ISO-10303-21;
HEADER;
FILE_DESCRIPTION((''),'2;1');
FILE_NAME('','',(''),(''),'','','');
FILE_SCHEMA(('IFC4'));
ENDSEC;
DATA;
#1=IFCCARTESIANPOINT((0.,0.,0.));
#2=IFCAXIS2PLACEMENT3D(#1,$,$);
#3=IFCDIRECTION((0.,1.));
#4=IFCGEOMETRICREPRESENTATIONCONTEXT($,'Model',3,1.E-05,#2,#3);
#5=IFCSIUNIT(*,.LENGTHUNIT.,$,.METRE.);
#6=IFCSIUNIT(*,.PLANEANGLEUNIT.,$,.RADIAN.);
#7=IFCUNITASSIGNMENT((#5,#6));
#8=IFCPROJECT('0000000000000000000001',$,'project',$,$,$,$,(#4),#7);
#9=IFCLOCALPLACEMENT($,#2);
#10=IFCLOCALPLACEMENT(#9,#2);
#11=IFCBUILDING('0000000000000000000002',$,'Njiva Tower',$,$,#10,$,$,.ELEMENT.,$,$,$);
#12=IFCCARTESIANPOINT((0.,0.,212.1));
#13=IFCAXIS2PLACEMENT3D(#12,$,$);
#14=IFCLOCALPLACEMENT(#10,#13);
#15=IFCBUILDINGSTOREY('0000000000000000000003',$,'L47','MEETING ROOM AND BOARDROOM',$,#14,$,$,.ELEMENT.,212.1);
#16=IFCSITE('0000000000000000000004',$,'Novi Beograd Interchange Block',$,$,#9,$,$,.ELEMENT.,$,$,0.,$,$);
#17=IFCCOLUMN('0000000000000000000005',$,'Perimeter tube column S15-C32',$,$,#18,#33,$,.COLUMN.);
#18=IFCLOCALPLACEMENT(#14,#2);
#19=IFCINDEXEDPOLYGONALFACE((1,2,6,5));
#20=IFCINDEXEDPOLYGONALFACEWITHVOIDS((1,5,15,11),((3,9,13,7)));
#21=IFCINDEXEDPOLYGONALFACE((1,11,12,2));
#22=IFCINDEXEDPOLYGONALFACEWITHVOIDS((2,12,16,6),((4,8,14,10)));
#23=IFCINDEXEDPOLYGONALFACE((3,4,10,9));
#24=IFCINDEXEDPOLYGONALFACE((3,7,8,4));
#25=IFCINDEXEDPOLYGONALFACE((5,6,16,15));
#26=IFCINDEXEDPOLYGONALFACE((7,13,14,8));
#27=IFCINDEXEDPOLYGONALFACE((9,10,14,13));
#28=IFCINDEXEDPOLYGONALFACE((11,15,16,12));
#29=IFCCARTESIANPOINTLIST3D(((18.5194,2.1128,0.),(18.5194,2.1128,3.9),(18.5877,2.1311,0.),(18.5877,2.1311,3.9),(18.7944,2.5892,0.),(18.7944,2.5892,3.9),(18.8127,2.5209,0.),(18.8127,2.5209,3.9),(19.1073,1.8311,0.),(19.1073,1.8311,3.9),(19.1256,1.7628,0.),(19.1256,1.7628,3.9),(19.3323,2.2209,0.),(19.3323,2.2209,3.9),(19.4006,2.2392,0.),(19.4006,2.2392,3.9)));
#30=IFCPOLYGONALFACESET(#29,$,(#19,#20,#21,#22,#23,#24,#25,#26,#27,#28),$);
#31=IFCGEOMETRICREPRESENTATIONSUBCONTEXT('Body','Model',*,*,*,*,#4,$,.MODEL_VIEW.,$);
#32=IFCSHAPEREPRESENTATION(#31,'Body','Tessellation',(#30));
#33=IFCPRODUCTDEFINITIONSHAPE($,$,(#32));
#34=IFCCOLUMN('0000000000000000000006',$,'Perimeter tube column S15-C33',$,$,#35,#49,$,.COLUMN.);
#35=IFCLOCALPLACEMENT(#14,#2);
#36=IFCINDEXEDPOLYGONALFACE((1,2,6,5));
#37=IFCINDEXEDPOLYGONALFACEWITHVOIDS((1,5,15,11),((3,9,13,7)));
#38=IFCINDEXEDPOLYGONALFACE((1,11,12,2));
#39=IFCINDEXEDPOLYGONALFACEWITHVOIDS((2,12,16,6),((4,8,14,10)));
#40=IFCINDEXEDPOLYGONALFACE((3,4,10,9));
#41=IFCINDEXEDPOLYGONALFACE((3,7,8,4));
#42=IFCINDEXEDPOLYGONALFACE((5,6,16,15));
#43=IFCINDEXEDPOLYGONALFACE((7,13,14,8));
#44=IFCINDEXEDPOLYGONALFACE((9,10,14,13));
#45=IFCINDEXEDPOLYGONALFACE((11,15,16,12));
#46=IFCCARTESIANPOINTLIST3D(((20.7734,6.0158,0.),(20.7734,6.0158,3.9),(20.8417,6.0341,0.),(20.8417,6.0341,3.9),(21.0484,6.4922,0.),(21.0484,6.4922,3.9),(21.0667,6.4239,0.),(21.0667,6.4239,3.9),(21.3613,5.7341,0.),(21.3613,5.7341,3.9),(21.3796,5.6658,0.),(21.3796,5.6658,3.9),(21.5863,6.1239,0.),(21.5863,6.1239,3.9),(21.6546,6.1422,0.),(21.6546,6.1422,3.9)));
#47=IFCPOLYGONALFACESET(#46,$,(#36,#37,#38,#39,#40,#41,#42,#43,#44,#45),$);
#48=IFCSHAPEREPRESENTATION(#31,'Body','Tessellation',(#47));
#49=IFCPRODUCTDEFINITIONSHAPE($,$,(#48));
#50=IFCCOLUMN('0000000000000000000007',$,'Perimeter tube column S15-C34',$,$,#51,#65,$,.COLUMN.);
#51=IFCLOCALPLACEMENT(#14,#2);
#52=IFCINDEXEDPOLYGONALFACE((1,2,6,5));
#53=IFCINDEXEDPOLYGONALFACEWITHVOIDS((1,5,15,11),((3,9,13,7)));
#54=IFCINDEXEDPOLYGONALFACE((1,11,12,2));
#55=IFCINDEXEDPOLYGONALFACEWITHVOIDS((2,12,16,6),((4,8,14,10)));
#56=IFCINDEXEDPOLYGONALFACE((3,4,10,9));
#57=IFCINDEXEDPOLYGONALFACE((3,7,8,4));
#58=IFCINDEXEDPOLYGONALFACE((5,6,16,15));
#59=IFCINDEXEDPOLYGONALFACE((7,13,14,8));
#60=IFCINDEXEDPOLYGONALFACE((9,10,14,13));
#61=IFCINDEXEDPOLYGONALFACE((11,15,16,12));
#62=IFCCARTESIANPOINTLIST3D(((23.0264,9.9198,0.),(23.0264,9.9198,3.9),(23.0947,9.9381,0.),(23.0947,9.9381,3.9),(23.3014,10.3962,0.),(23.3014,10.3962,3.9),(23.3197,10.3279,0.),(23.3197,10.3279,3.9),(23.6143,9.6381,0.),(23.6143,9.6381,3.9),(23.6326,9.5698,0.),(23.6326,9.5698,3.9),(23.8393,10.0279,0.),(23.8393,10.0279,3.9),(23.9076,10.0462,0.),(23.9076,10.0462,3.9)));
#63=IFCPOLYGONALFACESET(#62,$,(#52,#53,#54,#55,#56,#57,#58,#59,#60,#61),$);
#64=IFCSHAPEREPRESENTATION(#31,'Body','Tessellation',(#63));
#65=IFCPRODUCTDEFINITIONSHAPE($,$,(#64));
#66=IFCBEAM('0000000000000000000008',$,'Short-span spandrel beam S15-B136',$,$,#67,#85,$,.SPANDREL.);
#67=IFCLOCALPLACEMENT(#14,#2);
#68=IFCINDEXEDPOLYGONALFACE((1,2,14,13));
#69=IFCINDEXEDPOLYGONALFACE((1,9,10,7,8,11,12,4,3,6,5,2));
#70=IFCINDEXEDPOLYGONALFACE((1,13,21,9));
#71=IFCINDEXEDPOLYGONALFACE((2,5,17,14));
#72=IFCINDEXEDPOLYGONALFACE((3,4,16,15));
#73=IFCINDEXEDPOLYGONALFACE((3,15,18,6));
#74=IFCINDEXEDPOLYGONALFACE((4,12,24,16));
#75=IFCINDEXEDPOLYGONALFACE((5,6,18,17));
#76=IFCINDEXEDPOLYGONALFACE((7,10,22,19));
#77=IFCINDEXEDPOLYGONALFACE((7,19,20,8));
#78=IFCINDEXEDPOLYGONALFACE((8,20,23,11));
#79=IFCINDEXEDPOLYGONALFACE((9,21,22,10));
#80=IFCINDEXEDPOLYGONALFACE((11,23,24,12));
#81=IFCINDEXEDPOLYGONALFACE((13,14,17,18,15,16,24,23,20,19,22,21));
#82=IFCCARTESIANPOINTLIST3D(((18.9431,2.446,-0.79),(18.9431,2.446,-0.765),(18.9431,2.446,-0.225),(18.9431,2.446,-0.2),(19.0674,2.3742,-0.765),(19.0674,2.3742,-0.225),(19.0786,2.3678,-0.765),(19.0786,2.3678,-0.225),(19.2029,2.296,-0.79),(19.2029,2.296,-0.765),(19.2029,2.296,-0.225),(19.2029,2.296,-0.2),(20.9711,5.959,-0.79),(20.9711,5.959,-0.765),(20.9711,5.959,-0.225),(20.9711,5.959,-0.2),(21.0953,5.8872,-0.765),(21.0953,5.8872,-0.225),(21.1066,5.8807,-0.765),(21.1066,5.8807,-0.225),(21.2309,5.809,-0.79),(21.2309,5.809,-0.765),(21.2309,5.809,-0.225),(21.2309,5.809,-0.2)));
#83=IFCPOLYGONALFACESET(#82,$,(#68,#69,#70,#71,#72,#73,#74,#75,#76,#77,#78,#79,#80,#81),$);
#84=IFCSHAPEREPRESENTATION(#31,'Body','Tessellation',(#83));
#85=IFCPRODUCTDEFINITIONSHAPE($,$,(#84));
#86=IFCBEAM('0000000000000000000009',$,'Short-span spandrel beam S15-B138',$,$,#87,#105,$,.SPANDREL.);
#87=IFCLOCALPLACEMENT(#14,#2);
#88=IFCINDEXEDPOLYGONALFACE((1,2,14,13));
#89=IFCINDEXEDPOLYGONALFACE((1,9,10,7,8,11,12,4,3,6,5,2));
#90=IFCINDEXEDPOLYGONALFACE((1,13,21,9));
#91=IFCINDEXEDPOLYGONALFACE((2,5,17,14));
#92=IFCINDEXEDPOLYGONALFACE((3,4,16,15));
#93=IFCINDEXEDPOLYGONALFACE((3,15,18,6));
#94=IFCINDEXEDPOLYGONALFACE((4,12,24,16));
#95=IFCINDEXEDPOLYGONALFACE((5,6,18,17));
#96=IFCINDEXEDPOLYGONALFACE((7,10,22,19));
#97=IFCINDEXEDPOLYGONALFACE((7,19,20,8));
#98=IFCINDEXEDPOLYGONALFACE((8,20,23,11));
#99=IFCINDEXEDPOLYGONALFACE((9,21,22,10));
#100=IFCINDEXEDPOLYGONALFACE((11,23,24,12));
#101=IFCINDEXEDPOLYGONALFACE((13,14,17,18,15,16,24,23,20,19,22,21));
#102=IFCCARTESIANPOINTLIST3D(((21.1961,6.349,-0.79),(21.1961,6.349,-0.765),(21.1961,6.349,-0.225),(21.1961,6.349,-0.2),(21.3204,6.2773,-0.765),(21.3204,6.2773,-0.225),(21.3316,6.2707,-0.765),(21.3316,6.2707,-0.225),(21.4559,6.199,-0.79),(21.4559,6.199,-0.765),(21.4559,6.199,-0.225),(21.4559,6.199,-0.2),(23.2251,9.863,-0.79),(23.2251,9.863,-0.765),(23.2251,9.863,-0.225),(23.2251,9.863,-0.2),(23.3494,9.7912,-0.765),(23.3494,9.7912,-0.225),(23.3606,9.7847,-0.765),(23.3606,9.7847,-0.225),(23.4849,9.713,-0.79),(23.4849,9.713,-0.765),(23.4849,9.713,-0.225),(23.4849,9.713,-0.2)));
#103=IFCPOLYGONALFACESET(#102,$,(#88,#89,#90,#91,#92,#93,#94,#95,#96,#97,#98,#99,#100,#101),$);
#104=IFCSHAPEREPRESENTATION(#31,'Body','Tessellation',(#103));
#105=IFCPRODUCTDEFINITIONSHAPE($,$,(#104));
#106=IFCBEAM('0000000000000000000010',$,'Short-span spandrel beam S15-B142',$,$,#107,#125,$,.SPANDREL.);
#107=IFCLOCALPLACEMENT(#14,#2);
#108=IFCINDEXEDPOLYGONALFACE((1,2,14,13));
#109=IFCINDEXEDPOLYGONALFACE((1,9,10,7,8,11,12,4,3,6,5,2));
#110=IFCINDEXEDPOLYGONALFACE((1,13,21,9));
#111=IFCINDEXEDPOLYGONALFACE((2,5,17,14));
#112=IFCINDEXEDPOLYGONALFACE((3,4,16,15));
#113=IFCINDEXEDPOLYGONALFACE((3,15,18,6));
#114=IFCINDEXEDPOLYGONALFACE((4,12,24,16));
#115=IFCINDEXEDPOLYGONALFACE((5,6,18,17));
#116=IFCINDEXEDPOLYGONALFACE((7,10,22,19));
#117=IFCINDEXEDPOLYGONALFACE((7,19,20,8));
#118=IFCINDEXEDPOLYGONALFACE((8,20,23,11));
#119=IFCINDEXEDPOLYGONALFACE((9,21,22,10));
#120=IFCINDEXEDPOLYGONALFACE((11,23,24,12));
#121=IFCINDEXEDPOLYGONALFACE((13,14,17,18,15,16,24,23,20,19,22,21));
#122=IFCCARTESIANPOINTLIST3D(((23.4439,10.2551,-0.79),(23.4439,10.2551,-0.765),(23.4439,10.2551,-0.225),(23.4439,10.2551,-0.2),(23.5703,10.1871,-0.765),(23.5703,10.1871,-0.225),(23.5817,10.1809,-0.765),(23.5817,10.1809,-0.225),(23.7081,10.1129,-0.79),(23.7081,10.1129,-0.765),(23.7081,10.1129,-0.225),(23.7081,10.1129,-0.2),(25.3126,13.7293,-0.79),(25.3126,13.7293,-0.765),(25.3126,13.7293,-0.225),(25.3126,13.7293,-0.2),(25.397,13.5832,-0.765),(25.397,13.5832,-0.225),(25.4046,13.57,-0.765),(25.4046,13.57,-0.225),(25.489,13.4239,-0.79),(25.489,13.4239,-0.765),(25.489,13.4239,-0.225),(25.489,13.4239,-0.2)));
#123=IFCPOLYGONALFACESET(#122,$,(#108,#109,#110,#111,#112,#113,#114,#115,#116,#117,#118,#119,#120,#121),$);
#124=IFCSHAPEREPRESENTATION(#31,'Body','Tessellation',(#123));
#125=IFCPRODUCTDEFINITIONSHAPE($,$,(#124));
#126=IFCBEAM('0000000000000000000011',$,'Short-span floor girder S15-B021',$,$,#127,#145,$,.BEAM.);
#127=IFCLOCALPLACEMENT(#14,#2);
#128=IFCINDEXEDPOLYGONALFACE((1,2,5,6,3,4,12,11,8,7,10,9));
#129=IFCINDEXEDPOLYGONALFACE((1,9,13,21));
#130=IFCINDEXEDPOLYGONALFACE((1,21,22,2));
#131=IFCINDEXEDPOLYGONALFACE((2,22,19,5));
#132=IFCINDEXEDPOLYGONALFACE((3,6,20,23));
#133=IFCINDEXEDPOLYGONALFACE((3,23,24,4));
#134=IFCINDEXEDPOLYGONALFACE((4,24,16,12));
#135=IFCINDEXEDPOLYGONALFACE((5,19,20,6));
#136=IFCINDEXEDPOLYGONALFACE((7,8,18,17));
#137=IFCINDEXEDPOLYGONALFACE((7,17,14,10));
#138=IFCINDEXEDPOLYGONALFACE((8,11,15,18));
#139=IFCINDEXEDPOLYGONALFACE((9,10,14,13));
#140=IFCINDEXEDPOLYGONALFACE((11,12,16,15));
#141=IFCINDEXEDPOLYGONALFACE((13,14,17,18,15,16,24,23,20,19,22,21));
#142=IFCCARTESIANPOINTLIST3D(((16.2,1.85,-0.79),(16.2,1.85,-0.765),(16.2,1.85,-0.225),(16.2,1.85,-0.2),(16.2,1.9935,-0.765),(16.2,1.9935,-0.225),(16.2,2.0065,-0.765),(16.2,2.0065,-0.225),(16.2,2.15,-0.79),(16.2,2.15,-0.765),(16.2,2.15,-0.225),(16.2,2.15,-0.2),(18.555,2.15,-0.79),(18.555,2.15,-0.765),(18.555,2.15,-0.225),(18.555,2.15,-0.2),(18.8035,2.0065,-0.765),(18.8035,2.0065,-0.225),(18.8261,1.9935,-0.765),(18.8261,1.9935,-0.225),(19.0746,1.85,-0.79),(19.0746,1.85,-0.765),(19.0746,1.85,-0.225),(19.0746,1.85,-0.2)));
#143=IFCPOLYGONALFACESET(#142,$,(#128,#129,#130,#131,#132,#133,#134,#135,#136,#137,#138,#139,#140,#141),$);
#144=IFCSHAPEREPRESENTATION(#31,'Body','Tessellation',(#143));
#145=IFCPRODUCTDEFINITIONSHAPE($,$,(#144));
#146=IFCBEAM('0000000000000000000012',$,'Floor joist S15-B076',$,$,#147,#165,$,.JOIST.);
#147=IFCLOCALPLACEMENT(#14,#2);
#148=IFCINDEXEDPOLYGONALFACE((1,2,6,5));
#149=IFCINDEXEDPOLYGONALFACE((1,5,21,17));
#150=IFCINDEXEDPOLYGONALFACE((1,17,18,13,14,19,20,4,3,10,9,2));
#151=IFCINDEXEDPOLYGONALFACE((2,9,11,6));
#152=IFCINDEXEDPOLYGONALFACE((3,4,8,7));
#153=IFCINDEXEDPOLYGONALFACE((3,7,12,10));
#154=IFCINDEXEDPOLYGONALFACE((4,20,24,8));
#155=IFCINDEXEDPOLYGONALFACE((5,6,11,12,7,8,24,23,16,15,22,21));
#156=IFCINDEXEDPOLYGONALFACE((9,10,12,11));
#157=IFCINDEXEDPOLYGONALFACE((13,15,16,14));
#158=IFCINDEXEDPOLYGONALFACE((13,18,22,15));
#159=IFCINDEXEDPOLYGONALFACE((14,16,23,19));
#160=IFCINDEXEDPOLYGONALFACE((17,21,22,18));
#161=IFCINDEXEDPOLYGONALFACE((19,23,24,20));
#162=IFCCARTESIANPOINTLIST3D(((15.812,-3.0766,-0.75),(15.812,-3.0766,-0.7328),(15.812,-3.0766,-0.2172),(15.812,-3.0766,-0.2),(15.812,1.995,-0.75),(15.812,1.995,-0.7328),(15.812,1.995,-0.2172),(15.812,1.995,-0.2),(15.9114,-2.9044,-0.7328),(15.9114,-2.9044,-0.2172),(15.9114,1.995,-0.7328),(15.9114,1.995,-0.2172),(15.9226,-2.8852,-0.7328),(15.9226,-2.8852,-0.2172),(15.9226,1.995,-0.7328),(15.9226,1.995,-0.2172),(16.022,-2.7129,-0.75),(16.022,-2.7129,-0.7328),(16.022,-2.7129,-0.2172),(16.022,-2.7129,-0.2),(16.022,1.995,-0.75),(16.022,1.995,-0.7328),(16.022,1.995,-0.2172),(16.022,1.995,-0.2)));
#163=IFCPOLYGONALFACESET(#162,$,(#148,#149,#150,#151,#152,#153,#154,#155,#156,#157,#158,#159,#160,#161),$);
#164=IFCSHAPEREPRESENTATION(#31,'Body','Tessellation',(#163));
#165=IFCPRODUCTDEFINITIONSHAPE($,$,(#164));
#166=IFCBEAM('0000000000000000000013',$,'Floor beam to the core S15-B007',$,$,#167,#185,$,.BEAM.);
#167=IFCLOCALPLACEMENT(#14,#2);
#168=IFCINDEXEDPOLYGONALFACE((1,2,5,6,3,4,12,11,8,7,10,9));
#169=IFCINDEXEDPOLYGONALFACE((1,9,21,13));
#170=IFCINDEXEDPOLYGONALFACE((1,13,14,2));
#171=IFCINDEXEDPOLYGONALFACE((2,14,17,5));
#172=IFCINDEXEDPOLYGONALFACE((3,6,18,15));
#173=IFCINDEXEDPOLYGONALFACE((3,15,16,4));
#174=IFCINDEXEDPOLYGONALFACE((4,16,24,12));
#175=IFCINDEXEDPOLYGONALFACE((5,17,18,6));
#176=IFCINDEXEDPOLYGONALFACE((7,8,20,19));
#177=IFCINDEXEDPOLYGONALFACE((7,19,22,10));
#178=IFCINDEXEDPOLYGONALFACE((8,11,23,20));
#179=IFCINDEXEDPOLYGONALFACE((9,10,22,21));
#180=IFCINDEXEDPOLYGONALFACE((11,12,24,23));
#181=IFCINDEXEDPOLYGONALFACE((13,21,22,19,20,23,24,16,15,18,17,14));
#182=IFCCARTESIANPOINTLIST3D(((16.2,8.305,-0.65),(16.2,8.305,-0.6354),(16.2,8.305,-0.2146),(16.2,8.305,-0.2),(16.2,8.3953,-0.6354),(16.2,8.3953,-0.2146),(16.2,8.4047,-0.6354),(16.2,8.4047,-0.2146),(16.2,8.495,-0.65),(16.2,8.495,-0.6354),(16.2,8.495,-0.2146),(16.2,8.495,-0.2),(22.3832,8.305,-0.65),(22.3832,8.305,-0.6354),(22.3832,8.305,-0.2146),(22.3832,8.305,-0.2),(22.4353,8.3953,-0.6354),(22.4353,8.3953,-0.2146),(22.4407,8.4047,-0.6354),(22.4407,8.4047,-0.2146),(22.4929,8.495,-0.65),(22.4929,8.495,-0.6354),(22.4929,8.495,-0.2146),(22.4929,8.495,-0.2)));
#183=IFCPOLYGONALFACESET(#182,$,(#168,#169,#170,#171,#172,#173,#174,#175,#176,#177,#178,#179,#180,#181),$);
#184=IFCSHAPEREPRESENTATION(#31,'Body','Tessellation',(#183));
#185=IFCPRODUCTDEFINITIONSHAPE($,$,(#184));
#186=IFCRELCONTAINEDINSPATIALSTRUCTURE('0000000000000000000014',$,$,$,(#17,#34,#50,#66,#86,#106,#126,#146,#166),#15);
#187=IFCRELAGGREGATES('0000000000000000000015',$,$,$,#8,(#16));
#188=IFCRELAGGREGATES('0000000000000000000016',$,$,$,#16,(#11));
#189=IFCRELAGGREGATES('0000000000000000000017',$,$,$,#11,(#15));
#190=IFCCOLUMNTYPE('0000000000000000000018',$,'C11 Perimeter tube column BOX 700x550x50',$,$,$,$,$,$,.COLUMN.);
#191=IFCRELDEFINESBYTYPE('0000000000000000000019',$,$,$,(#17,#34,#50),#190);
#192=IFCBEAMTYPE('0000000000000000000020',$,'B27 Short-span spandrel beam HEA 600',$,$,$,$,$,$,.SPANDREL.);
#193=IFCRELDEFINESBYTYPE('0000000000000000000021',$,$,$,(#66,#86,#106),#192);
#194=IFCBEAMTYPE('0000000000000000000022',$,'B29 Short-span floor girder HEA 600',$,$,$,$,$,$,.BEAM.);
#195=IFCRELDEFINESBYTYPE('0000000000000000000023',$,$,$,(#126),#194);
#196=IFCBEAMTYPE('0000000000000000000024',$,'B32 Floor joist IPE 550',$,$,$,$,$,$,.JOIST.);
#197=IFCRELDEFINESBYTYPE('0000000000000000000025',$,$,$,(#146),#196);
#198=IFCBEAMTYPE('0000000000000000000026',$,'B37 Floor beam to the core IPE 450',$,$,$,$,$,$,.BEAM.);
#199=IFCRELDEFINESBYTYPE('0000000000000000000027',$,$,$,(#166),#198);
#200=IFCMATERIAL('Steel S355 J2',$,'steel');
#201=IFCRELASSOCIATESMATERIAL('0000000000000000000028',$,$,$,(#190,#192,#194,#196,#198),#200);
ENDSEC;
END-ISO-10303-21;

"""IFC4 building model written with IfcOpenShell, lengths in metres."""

from ifc_helpers import new_model, si_unit, direction, frame, origin, origin_2d, place, context, subcontext, project, spatial, hollow_rectangle, i_section, extrude, clip, halfspace, material, material_profile, profile_set, type_object, element, save


model = new_model("IFC4")

# Units and contexts
model_context = context("Model", 3, precision=1e-05, world=origin(), true_north=direction((0.0, 1.0)))
body_context = subcontext(model_context, "Body", "Model", "MODEL_VIEW")
ifc_project = project(units=[si_unit("LENGTHUNIT", "METRE"), si_unit("PLANEANGLEUNIT", "RADIAN")], contexts=[model_context])

# Site, building, storey
site_placement = place(None, origin())
site = spatial("IfcSite", under=ifc_project, at=site_placement, Name="Novi Beograd Interchange Block", CompositionType="ELEMENT", RefElevation=0.0)
building_placement = place(site_placement, origin())
building = spatial("IfcBuilding", under=site, at=building_placement, Name="Njiva Tower", CompositionType="ELEMENT")
storey_placement = place(building_placement, frame((0.0, 0.0, 212.1)))
storey = spatial("IfcBuildingStorey", under=building, at=storey_placement, Name="L47", Description="MEETING ROOM AND BOARDROOM", CompositionType="ELEMENT", Elevation=212.1)

# Columns
ifc_material_1 = material(Name="Steel S355 J2", Category="steel")
ifc_material_profile_1 = material_profile(ifc_material_1, hollow_rectangle(XDim=0.55, YDim=0.7, WallThickness=0.05, at=origin_2d()), Name="BOX 700x550x50")
ifc_profile_set_1 = profile_set([ifc_material_profile_1], Name="Steel S355 J2")
column_type = type_object("IfcColumnType", Name="C11 Perimeter tube column BOX 700x550x50", PredefinedType="COLUMN", material=ifc_profile_set_1)
for number, where, z_axis, x_axis, name in (
    (1, (18.96, 2.176, 0.0), (0.0, 0.0, 1.0), (0.5, 0.866025, 0.0), "Perimeter tube column S15-C32"),
    (2, (21.214, 6.079, 0.0), (0.0, 0.0, 1.0), (0.5, 0.866025, 0.0), "Perimeter tube column S15-C33"),
    (3, (23.467, 9.983, 0.0), (0.0, 0.0, 1.0), (0.5, 0.866025, 0.0), "Perimeter tube column S15-C34"),
):
    element("IfcColumn", number, at=place(storey_placement, frame(where, z_axis=z_axis, x_axis=x_axis)), inside=storey, type_object=column_type, Name=name, PredefinedType="COLUMN", context=body_context, shape_type="SweptSolid", body=[
        extrude(hollow_rectangle(XDim=0.55, YDim=0.7, WallThickness=0.05, at=origin_2d()), origin(), (0.0, 0.0, 1.0), 3.9),
    ])

# Beams
ifc_material_profile_2 = material_profile(ifc_material_1, i_section(OverallWidth=0.3, OverallDepth=0.59, WebThickness=0.013, FlangeThickness=0.025, at=origin_2d()), Name="HEA 600")
ifc_profile_set_2 = profile_set([ifc_material_profile_2], Name="Steel S355 J2")
beam_type_1 = type_object("IfcBeamType", Name="B27 Short-span spandrel beam HEA 600", PredefinedType="SPANDREL", material=ifc_profile_set_2)
beam_1_placement = place(storey_placement, frame((19.073, 2.371, -0.495), z_axis=(0.499957, 0.86605, 0.0), x_axis=(-0.86605, 0.499957, 0.0)))
element("IfcBeam", 4, at=beam_1_placement, inside=storey, type_object=beam_type_1, Name="Short-span spandrel beam S15-B136", PredefinedType="SPANDREL", context=body_context, shape_type="SweptSolid", body=[
    extrude(i_section(OverallWidth=0.3, OverallDepth=0.59, WebThickness=0.013, FlangeThickness=0.025, at=origin_2d()), origin(), (0.0, 0.0, 1.0), 4.0563),
])
beam_2_placement = place(storey_placement, frame((21.326, 6.274, -0.495), z_axis=(0.500035, 0.866005, 0.0), x_axis=(-0.866005, 0.500035, 0.0)))
element("IfcBeam", 5, at=beam_2_placement, inside=storey, type_object=beam_type_1, Name="Short-span spandrel beam S15-B138", PredefinedType="SPANDREL", context=body_context, shape_type="SweptSolid", body=[
    extrude(i_section(OverallWidth=0.3, OverallDepth=0.59, WebThickness=0.013, FlangeThickness=0.025, at=origin_2d()), origin(), (0.0, 0.0, 1.0), 4.0577),
])
beam_3_placement = place(storey_placement, frame((23.576, 10.184, -0.495), z_axis=(0.473697, 0.880688, 0.0), x_axis=(-0.880688, 0.473697, 0.0)))
element("IfcBeam", 6, at=beam_3_placement, inside=storey, type_object=beam_type_1, Name="Short-span spandrel beam S15-B142", PredefinedType="SPANDREL", context=body_context, shape_type="Clipping", body=[
    clip(extrude(i_section(OverallWidth=0.3, OverallDepth=0.59, WebThickness=0.013, FlangeThickness=0.025, at=origin_2d()), origin(), (0.0, 0.0, 1.0), 3.9657), halfspace(frame((-0.0262, 0.0, 3.836), z_axis=(-0.525851, 0.0, 0.850577), x_axis=(0.0, 1.0, 0.0)), False)),
])
ifc_material_profile_3 = material_profile(ifc_material_1, i_section(OverallWidth=0.3, OverallDepth=0.59, WebThickness=0.013, FlangeThickness=0.025, at=origin_2d()), Name="HEA 600")
ifc_profile_set_3 = profile_set([ifc_material_profile_3], Name="Steel S355 J2")
beam_type_2 = type_object("IfcBeamType", Name="B29 Short-span floor girder HEA 600", PredefinedType="BEAM", material=ifc_profile_set_3)
beam_4_placement = place(storey_placement, frame((16.2, 2.0, -0.495), z_axis=(1.0, 0.0, 0.0), x_axis=(0.0, 1.0, 0.0)))
element("IfcBeam", 7, at=beam_4_placement, inside=storey, type_object=beam_type_2, Name="Short-span floor girder S15-B021", PredefinedType="BEAM", context=body_context, shape_type="Clipping", body=[
    clip(extrude(i_section(OverallWidth=0.3, OverallDepth=0.59, WebThickness=0.013, FlangeThickness=0.025, at=origin_2d()), origin(), (0.0, 0.0, 1.0), 2.895), halfspace(frame((0.0433, 0.0, 2.5398), z_axis=(0.866027, 0.0, 0.499998), x_axis=(0.0, 1.0, 0.0)), False)),
])
ifc_material_profile_4 = material_profile(ifc_material_1, i_section(OverallWidth=0.21, OverallDepth=0.55, WebThickness=0.0111, FlangeThickness=0.0172, at=origin_2d()), Name="IPE 550")
ifc_profile_set_4 = profile_set([ifc_material_profile_4], Name="Steel S355 J2")
beam_type_3 = type_object("IfcBeamType", Name="B32 Floor joist IPE 550", PredefinedType="JOIST", material=ifc_profile_set_4)
beam_5_placement = place(storey_placement, frame((15.917, 1.995, -0.475), z_axis=(0.0, -1.0, 0.0), x_axis=(1.0, 0.0, 0.0)))
element("IfcBeam", 8, at=beam_5_placement, inside=storey, type_object=beam_type_3, Name="Floor joist S15-B076", PredefinedType="JOIST", context=body_context, shape_type="Clipping", body=[
    clip(extrude(i_section(OverallWidth=0.21, OverallDepth=0.55, WebThickness=0.0111, FlangeThickness=0.0172, at=origin_2d()), origin(), (0.0, 0.0, 1.0), 5.092), halfspace(frame((0.043, 0.0, 4.8153), z_axis=(0.866027, 0.0, 0.499998), x_axis=(0.0, 1.0, 0.0)), False)),
])
ifc_material_profile_5 = material_profile(ifc_material_1, i_section(OverallWidth=0.19, OverallDepth=0.45, WebThickness=0.0094, FlangeThickness=0.0146, at=origin_2d()), Name="IPE 450")
ifc_profile_set_5 = profile_set([ifc_material_profile_5], Name="Steel S355 J2")
beam_type_4 = type_object("IfcBeamType", Name="B37 Floor beam to the core IPE 450", PredefinedType="BEAM", material=ifc_profile_set_5)
beam_6_placement = place(storey_placement, frame((16.2, 8.4, -0.425), z_axis=(1.0, 0.0, 0.0), x_axis=(0.0, 1.0, 0.0)))
element("IfcBeam", 9, at=beam_6_placement, inside=storey, type_object=beam_type_4, Name="Floor beam to the core S15-B007", PredefinedType="BEAM", context=body_context, shape_type="Clipping", body=[
    clip(extrude(i_section(OverallWidth=0.19, OverallDepth=0.45, WebThickness=0.0094, FlangeThickness=0.0146, at=origin_2d()), origin(), (0.0, 0.0, 1.0), 6.313), halfspace(frame((-0.025, 0.0, 6.2236), z_axis=(-0.499998, 0.0, 0.866027), x_axis=(0.0, 1.0, 0.0)), False)),
])

save(model, "model.ifc")
